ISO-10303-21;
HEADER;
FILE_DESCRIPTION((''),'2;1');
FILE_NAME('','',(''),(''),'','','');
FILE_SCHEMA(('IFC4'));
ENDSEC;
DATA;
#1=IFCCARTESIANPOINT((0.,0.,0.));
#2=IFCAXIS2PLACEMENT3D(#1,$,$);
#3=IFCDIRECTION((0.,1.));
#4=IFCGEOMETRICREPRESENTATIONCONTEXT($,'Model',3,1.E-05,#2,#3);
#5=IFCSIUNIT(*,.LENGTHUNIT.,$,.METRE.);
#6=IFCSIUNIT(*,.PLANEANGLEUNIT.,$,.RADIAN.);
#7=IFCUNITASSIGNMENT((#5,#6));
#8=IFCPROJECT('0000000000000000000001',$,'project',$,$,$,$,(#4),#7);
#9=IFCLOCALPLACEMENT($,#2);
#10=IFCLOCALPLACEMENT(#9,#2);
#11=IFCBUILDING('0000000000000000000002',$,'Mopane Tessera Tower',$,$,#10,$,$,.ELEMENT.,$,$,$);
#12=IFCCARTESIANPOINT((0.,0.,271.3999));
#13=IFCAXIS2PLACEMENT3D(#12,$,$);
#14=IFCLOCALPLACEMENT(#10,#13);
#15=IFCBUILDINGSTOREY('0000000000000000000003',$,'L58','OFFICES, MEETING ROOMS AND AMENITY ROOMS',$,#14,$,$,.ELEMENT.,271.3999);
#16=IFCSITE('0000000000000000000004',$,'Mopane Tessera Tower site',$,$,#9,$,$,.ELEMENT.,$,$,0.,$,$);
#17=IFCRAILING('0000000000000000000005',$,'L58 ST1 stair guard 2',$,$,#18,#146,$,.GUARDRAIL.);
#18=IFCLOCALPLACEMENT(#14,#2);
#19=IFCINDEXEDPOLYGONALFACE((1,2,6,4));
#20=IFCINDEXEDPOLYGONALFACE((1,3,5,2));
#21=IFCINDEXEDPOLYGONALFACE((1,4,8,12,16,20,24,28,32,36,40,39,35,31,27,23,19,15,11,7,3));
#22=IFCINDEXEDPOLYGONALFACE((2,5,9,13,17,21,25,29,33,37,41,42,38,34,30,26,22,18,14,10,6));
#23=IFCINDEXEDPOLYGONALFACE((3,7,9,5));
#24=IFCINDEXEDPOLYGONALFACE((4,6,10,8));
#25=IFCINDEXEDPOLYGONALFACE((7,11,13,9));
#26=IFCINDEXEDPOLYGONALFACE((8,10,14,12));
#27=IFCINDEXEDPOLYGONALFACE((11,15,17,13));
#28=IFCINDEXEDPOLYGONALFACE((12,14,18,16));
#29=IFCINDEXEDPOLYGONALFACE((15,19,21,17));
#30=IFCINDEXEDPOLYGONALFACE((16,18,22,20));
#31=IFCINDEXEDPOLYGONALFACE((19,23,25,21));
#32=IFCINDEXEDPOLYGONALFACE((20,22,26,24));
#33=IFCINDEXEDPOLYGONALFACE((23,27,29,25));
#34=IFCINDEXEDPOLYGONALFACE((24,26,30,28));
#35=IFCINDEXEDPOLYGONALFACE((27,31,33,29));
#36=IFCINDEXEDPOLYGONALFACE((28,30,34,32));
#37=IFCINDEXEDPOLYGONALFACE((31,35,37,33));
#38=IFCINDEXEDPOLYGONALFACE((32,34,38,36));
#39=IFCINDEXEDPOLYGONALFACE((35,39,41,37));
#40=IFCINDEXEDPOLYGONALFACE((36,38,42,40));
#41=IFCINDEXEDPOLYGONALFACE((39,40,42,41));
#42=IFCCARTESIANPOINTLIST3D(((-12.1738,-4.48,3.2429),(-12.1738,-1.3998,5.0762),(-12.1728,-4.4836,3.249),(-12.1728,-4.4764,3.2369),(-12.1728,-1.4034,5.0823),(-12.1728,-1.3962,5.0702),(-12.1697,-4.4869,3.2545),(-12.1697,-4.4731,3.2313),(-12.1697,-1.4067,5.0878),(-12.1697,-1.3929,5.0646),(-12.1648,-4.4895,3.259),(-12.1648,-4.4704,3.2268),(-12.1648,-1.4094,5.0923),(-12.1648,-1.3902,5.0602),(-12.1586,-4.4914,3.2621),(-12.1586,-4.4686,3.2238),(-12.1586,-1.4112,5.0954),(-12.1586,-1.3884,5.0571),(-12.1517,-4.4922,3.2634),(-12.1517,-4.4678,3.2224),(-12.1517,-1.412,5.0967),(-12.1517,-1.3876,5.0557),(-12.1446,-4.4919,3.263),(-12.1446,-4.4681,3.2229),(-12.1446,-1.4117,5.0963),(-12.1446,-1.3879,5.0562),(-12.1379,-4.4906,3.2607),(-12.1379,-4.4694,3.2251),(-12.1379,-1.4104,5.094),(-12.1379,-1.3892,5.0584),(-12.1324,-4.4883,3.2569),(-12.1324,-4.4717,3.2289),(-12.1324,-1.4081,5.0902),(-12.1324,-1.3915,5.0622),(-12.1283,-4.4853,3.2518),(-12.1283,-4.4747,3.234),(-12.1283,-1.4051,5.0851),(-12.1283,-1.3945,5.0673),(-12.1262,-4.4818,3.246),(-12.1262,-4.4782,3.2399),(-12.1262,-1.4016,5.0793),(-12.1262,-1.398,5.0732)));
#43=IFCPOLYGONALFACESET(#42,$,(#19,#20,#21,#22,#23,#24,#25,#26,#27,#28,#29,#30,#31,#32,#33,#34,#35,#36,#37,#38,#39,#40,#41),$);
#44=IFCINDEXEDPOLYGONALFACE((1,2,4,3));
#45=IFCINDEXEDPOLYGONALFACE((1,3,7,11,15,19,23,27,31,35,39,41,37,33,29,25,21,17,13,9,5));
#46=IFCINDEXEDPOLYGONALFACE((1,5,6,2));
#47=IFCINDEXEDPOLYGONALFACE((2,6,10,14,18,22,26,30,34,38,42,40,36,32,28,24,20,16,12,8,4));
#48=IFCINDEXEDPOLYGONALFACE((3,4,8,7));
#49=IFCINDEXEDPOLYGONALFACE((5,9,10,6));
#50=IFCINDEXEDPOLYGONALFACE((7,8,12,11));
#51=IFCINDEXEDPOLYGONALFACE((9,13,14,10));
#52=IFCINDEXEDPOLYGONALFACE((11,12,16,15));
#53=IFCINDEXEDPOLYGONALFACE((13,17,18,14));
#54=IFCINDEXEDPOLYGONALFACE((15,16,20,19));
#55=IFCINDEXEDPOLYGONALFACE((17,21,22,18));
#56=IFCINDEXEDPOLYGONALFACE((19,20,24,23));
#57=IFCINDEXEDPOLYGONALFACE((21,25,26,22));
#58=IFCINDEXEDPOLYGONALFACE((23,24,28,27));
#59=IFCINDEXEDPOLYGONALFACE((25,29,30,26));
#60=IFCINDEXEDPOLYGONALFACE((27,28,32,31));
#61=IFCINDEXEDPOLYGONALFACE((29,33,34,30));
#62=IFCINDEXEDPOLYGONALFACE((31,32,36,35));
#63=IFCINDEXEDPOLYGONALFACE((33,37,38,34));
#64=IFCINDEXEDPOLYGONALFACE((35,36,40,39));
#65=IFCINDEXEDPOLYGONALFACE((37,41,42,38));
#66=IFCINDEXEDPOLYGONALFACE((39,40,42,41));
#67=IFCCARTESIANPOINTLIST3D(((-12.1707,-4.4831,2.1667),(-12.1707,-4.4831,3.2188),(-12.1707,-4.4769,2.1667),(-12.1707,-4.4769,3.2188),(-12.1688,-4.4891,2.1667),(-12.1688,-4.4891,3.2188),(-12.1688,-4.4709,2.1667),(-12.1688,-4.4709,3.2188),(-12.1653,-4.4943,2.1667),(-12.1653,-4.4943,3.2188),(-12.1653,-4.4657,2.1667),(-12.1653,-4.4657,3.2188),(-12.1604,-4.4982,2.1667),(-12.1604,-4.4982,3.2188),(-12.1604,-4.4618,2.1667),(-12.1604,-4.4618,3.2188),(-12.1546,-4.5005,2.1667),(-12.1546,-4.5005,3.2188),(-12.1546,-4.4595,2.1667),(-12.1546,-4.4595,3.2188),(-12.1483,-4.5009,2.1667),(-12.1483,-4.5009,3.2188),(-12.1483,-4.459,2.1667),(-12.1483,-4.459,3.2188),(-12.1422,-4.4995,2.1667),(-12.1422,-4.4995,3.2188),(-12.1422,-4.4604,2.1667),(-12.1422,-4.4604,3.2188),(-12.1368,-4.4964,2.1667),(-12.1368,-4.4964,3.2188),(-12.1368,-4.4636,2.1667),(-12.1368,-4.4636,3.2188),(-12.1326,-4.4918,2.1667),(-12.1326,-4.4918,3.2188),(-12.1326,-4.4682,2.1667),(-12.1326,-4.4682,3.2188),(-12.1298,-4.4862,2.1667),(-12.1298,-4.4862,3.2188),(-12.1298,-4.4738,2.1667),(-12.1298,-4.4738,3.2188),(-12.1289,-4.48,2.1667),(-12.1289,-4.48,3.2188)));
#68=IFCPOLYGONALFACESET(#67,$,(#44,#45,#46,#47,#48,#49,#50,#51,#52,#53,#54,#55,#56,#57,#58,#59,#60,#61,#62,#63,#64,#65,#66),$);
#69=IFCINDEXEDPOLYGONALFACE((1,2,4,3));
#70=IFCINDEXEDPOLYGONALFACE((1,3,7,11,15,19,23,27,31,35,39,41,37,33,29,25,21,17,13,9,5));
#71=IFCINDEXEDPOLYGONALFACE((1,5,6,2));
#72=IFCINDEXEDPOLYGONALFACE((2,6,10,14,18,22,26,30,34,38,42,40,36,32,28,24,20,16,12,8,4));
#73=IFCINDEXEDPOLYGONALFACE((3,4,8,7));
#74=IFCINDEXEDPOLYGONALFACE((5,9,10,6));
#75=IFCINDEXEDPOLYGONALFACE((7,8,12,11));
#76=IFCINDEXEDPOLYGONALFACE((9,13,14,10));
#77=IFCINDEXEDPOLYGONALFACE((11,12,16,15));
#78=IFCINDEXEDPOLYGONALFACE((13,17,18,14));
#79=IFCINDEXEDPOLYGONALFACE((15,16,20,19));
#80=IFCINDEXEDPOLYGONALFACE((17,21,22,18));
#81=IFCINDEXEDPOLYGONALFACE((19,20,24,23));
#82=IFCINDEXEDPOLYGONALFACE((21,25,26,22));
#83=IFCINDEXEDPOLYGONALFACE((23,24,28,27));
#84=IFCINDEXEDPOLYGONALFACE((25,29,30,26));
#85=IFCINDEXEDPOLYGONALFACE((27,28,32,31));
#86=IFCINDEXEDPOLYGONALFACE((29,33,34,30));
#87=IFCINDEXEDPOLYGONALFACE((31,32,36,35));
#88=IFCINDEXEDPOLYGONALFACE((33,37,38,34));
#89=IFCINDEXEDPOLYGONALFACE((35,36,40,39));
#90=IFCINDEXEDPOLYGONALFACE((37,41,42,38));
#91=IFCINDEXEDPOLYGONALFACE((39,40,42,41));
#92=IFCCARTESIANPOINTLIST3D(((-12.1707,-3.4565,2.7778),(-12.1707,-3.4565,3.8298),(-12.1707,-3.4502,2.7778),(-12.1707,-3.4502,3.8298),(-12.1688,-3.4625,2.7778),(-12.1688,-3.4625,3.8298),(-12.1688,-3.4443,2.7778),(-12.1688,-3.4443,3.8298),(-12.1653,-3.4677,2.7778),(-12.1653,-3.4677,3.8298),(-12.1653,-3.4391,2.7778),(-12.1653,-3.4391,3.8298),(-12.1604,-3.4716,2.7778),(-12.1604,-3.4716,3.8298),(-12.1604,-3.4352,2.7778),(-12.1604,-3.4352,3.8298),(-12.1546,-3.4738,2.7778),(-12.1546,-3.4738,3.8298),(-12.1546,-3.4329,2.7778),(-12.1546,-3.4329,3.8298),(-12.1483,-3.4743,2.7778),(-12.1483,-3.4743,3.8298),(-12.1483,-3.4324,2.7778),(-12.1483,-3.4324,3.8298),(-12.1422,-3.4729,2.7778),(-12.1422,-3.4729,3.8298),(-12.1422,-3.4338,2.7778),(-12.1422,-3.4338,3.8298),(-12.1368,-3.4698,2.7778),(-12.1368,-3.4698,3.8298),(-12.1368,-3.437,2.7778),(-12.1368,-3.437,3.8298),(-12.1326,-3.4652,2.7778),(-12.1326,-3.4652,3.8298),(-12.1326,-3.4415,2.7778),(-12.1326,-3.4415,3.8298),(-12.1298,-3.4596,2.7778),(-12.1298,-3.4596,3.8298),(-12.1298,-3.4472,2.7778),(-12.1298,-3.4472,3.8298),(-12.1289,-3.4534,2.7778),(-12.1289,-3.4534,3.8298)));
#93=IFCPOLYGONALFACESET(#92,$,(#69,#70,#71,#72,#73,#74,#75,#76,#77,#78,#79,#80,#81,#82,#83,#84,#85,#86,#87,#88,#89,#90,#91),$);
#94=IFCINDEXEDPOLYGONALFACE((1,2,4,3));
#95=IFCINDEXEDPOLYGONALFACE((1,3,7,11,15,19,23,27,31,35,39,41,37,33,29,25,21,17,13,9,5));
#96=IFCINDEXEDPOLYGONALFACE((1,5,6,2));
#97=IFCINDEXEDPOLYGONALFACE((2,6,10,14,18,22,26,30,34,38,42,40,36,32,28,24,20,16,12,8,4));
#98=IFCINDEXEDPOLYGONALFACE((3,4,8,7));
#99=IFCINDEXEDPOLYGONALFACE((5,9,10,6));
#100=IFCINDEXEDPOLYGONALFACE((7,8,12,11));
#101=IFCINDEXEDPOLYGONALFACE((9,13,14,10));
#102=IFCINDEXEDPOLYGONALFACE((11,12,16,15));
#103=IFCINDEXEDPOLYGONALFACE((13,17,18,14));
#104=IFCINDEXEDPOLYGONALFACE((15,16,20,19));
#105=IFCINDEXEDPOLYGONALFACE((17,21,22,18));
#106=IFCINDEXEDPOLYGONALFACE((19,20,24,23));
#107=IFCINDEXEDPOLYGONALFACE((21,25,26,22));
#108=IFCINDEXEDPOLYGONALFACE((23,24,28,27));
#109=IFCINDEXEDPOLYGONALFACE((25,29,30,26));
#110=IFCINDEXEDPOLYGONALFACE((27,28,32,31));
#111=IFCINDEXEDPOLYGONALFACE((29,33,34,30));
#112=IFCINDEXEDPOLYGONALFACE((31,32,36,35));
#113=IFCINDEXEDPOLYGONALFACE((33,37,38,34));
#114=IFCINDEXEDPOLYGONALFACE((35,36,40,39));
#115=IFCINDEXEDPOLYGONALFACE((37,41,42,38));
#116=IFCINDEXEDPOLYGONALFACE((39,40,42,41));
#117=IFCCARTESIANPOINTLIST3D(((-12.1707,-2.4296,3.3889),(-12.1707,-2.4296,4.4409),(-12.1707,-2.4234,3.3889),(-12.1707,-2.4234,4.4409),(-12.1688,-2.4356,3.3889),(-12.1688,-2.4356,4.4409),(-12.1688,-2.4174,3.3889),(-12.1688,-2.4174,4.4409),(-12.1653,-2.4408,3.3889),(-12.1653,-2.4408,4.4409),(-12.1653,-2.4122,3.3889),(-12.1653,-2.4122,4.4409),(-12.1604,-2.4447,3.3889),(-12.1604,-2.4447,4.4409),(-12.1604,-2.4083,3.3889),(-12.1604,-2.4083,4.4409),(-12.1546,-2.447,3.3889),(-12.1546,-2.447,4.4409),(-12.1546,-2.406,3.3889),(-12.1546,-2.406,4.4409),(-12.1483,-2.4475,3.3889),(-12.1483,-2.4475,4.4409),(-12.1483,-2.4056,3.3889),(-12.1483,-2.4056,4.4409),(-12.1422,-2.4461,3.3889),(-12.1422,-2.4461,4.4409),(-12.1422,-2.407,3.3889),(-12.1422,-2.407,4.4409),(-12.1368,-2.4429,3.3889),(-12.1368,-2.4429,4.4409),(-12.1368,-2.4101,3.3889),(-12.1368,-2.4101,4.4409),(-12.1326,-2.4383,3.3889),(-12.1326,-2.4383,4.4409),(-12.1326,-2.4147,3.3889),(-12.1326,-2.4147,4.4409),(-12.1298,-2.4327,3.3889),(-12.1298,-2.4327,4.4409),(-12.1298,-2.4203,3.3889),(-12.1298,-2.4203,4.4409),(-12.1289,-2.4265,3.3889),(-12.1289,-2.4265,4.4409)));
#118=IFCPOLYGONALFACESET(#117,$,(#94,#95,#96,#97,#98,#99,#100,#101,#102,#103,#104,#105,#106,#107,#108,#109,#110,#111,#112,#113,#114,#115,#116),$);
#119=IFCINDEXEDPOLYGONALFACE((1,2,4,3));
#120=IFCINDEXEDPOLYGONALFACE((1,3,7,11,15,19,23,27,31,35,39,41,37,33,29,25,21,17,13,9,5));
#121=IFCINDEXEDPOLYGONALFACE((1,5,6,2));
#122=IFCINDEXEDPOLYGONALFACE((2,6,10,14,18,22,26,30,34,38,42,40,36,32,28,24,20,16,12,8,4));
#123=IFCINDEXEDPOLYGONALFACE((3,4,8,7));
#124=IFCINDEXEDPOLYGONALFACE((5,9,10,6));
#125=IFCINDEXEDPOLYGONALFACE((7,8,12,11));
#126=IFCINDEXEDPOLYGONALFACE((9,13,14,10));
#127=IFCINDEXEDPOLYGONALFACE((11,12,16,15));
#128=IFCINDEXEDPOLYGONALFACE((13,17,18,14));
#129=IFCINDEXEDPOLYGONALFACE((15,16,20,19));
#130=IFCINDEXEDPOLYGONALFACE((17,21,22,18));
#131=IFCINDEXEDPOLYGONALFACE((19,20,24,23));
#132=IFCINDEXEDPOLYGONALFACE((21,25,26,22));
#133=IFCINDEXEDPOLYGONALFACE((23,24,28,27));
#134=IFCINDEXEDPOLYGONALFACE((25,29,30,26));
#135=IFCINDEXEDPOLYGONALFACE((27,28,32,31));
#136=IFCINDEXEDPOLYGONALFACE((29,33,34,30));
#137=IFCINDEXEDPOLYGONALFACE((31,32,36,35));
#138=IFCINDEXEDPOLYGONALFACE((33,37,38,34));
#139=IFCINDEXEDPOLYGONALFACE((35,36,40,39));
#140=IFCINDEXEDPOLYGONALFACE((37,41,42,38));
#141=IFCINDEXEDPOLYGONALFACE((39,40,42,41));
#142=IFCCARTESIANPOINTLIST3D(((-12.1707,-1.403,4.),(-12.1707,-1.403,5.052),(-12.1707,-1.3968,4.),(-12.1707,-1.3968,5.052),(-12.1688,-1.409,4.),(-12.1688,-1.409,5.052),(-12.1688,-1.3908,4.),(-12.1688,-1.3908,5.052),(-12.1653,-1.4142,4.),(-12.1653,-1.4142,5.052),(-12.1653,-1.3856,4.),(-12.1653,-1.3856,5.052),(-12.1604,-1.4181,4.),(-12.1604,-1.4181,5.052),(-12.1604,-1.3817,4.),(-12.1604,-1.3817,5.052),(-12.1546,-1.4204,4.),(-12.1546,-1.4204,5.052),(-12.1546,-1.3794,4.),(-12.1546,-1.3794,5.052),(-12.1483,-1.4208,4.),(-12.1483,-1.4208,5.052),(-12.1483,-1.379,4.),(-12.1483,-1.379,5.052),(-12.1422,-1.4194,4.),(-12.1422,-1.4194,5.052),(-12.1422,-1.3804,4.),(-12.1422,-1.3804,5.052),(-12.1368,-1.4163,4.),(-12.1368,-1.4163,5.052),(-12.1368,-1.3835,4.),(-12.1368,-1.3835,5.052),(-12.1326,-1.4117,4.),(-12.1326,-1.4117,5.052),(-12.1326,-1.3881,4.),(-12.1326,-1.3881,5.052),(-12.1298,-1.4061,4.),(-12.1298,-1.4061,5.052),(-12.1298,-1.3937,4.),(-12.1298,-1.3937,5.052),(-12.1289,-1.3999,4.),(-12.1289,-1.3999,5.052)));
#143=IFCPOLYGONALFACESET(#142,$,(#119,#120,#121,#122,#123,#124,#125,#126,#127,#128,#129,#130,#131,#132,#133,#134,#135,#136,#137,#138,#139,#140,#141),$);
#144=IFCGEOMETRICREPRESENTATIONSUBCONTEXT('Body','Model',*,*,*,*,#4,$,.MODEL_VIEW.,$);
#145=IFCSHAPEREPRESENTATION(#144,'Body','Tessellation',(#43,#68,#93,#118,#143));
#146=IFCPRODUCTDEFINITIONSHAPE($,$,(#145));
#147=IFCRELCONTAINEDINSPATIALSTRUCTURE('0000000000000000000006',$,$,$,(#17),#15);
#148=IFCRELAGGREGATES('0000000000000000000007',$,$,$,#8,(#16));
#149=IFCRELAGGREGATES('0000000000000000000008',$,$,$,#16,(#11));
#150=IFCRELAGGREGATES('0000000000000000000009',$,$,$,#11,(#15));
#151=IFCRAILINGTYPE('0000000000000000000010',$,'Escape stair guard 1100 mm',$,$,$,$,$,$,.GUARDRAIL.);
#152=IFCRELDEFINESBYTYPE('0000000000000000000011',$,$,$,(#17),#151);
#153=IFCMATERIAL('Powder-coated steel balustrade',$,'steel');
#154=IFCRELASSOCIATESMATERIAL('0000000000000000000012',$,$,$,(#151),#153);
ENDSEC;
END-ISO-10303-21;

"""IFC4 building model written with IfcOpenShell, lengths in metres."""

from ifc_helpers import new_model, si_unit, direction, frame, origin, origin_2d, place, context, subcontext, project, spatial, circle, extrude, material, type_object, element, save


model = new_model("IFC4")

# Units and contexts
model_context = context("Model", 3, precision=1e-05, world=origin(), true_north=direction((0.0, 1.0)))
body_context = subcontext(model_context, "Body", "Model", "MODEL_VIEW")
ifc_project = project(units=[si_unit("LENGTHUNIT", "METRE"), si_unit("PLANEANGLEUNIT", "RADIAN")], contexts=[model_context])

# Site, building, storey
site_placement = place(None, origin())
site = spatial("IfcSite", under=ifc_project, at=site_placement, Name="Mopane Tessera Tower site", CompositionType="ELEMENT", RefElevation=0.0)
building_placement = place(site_placement, origin())
building = spatial("IfcBuilding", under=site, at=building_placement, Name="Mopane Tessera Tower", CompositionType="ELEMENT")
storey_placement = place(building_placement, frame((0.0, 0.0, 271.3999)))
storey = spatial("IfcBuildingStorey", under=building, at=storey_placement, Name="L58", Description="OFFICES, MEETING ROOMS AND AMENITY ROOMS", CompositionType="ELEMENT", Elevation=271.3999)

# Railing
ifc_material_1 = material(Name="Powder-coated steel balustrade", Category="steel")
railing_type_1 = type_object("IfcRailingType", Name="Escape stair guard 1100 mm", PredefinedType="GUARDRAIL", material=ifc_material_1)
railing_1_placement = place(storey_placement, frame((-12.1499, -4.48, 2.1667)))
element("IfcRailing", 1, at=railing_1_placement, inside=storey, type_object=railing_type_1, Name="L58 ST1 stair guard 2", PredefinedType="GUARDRAIL", context=body_context, shape_type="SweptSolid", body=[
    extrude(circle(Radius=0.0239, at=origin_2d()), frame((0.0, 0.0, 1.0762), z_axis=(0.0, 0.859309, 0.511458), x_axis=(-1.0, 0.0, 0.0)), (0.0, 0.0, 1.0), 3.5845),
    extrude(circle(Radius=0.021, at=origin_2d()), origin(), (0.0, 0.0, 1.0), 1.052),
    extrude(circle(Radius=0.021, at=origin_2d()), frame((0.0, 1.0266, 0.6111)), (0.0, 0.0, 1.0), 1.052),
    extrude(circle(Radius=0.021, at=origin_2d()), frame((0.0, 2.0535, 1.2222)), (0.0, 0.0, 1.0), 1.052),
    extrude(circle(Radius=0.021, at=origin_2d()), frame((0.0, 3.0801, 1.8333)), (0.0, 0.0, 1.0), 1.052),
])

save(model, "model.ifc")
